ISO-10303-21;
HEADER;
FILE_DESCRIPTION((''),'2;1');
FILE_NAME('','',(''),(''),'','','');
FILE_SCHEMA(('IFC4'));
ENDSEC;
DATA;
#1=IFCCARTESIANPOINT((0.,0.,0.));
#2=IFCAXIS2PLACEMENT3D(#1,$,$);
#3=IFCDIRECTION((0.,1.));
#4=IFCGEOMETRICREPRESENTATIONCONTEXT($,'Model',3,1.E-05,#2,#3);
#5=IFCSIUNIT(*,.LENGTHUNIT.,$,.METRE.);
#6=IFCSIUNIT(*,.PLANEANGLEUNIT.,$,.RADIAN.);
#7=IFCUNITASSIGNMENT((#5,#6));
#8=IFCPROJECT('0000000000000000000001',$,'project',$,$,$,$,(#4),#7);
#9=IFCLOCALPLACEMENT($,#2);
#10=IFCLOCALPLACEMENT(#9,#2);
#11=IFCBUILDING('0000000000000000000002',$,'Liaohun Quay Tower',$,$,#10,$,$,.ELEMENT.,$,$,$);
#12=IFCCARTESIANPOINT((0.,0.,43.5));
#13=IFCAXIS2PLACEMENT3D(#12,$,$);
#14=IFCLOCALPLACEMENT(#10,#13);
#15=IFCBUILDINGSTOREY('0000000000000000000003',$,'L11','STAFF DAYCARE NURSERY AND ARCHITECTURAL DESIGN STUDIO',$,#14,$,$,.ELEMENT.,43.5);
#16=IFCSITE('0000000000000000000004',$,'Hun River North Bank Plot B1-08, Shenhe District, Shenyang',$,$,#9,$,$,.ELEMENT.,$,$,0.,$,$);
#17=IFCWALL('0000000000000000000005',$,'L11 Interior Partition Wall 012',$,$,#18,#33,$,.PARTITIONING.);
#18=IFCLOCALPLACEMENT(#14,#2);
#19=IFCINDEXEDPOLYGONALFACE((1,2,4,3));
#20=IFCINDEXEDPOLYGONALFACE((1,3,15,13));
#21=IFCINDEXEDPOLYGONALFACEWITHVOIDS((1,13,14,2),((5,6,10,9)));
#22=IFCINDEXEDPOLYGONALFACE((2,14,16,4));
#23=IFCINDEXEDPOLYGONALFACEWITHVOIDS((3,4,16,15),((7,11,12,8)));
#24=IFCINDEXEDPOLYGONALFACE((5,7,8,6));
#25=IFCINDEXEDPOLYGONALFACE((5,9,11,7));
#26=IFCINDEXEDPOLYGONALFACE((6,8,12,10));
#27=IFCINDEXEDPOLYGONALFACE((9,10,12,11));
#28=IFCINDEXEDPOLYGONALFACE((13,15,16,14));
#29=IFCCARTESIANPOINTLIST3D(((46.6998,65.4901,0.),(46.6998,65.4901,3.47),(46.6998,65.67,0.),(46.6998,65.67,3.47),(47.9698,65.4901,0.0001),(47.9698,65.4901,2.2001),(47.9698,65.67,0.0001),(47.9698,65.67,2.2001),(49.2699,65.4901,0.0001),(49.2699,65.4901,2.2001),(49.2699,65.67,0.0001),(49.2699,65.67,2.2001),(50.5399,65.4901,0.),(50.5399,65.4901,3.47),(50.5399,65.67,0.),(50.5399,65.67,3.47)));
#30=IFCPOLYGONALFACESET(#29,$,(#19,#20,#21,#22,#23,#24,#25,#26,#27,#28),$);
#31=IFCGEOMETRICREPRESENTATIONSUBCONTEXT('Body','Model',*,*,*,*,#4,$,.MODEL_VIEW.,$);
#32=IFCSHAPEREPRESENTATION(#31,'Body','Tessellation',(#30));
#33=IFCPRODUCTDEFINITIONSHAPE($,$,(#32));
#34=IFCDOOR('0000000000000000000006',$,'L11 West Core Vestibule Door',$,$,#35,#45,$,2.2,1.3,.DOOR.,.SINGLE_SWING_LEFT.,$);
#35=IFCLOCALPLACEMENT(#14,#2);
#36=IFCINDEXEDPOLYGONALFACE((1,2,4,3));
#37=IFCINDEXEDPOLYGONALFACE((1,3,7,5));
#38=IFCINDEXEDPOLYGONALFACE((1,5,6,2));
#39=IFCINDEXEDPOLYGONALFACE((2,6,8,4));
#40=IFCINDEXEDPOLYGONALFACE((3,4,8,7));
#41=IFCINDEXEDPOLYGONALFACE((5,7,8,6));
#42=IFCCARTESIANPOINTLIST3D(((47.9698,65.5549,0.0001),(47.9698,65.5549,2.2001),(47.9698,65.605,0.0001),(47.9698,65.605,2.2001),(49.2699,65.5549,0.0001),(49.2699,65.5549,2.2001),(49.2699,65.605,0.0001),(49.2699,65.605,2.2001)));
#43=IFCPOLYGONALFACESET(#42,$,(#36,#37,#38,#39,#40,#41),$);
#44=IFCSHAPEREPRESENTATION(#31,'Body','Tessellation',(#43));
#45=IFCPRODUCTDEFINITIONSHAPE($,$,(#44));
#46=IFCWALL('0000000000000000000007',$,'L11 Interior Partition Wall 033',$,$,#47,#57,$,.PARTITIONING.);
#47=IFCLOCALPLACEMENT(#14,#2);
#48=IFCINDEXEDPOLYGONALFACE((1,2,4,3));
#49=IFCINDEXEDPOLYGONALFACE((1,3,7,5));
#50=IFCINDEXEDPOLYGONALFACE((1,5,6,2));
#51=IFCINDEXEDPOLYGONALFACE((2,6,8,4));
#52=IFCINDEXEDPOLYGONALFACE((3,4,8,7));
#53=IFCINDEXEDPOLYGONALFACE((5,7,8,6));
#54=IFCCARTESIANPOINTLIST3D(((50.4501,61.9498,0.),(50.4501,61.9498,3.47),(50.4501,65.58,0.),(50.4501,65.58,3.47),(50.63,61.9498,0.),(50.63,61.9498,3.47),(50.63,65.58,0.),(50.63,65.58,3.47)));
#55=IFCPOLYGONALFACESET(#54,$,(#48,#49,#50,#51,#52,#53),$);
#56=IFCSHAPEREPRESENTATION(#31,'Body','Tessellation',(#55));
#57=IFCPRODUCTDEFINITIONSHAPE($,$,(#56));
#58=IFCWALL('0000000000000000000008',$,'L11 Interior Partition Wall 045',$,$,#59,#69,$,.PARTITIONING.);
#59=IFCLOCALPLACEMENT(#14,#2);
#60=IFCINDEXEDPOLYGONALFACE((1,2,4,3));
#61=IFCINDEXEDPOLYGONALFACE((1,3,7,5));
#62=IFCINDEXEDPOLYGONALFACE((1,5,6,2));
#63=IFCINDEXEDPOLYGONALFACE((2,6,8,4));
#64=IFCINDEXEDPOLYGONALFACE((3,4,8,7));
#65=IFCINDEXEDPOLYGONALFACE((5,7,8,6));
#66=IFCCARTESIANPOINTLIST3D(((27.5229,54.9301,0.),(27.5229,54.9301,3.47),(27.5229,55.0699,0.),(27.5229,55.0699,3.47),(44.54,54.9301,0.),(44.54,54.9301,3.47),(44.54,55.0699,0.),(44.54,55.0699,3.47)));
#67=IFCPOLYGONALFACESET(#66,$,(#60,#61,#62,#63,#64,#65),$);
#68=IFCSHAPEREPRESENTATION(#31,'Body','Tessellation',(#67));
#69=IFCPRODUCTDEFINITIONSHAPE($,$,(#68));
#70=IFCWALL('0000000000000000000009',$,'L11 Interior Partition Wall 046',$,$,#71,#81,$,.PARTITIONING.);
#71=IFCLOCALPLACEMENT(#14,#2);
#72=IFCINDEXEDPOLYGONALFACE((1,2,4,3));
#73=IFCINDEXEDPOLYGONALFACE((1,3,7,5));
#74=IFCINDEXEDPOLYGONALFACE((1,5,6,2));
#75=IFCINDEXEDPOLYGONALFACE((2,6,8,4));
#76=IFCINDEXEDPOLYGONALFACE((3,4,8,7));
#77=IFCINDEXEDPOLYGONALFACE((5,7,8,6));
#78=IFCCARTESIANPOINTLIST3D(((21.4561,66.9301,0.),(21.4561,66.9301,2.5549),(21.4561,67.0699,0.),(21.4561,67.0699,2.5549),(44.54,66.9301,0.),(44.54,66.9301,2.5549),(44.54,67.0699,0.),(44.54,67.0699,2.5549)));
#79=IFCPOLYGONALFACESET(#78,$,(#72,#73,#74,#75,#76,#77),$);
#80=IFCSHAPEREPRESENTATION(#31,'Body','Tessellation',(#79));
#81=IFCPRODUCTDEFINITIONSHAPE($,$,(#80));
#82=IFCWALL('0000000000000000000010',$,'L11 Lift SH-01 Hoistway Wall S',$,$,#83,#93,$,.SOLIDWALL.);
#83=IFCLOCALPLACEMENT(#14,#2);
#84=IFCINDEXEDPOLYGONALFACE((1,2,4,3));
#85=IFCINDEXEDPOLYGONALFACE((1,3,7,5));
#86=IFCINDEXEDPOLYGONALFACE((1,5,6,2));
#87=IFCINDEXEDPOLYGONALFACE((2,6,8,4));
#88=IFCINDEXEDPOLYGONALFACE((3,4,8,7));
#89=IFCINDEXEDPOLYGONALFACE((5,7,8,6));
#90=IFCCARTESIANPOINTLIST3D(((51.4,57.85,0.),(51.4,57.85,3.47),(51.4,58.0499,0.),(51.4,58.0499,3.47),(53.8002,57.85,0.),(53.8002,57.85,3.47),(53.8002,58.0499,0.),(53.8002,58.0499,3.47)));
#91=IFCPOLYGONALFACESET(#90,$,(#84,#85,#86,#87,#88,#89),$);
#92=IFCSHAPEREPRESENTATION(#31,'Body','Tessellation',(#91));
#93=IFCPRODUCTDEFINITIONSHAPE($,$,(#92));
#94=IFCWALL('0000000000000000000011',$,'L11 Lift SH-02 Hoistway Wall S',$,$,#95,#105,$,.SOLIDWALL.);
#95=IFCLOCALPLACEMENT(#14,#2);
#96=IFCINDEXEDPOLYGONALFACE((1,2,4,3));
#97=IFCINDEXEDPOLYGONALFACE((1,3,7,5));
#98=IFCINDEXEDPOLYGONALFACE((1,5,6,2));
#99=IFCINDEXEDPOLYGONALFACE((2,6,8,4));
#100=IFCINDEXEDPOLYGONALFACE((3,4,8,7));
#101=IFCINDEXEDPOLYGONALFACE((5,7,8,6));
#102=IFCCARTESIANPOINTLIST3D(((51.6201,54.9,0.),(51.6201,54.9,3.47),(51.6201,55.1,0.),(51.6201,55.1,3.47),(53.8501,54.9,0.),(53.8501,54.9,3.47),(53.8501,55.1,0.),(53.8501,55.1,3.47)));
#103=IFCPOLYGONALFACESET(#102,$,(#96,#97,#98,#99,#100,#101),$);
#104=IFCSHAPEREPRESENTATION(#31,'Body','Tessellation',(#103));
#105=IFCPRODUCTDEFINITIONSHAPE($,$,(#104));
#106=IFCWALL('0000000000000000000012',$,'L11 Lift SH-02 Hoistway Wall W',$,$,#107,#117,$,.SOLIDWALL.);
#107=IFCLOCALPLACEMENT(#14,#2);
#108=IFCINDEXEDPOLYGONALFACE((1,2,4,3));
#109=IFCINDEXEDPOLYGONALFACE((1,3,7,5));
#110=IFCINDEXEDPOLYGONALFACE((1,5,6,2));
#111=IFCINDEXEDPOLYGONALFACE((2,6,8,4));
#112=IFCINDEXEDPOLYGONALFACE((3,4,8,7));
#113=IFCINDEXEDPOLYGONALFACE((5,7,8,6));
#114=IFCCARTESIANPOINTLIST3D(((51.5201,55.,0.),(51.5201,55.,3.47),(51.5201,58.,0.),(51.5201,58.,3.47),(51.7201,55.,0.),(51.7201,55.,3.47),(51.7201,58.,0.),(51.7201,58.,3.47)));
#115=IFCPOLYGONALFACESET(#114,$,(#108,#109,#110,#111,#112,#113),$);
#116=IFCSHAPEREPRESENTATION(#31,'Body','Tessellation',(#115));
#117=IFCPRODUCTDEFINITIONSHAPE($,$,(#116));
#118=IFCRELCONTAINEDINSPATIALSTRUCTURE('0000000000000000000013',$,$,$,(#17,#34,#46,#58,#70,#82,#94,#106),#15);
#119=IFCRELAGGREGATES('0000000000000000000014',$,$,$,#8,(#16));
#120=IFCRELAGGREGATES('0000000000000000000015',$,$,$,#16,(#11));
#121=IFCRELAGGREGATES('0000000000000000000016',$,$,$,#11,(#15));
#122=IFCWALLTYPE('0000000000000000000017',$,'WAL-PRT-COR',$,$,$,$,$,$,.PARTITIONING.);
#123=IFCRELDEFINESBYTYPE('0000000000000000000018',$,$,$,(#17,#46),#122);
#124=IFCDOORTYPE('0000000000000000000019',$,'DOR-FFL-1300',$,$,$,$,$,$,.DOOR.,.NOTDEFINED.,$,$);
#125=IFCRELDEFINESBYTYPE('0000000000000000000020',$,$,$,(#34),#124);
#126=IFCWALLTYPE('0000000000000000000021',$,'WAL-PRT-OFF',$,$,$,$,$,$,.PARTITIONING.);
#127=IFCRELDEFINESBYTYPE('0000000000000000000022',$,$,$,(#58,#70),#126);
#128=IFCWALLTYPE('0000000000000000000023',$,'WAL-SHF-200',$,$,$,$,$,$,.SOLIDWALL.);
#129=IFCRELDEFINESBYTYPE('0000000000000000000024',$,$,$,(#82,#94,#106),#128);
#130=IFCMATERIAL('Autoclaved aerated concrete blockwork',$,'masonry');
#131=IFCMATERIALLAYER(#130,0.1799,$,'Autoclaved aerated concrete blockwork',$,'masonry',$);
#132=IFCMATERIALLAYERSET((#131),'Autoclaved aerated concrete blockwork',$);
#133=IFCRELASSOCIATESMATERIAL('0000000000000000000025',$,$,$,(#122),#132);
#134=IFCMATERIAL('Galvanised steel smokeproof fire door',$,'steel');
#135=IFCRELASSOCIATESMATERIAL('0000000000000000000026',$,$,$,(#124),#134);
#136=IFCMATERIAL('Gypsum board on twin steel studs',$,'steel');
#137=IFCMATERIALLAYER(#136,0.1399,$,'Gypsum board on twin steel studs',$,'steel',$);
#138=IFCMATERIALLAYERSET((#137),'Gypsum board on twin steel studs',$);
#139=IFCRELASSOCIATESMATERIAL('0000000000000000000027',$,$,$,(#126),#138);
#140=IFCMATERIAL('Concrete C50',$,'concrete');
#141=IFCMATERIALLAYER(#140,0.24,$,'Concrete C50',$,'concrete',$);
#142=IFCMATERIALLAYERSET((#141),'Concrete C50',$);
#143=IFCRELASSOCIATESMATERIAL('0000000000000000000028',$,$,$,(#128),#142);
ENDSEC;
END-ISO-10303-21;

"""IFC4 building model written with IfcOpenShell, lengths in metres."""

from ifc_helpers import new_model, si_unit, direction, frame, frame_2d, origin, place, context, subcontext, project, spatial, rectangle, extrude, source, transform, mapped, material, layer, layer_set, type_object, element, fill, save


model = new_model("IFC4")

# Units and contexts
model_context = context("Model", 3, precision=1e-05, world=origin(), true_north=direction((0.0, 1.0)))
body_context = subcontext(model_context, "Body", "Model", "MODEL_VIEW")
ifc_project = project(units=[si_unit("LENGTHUNIT", "METRE"), si_unit("PLANEANGLEUNIT", "RADIAN")], contexts=[model_context])

# Site, building, storey
site_placement = place(None, origin())
site = spatial("IfcSite", under=ifc_project, at=site_placement, Name="Hun River North Bank Plot B1-08, Shenhe District, Shenyang", CompositionType="ELEMENT", RefElevation=0.0)
building_placement = place(site_placement, origin())
building = spatial("IfcBuilding", under=site, at=building_placement, Name="Liaohun Quay Tower", CompositionType="ELEMENT")
storey_placement = place(building_placement, frame((0.0, 0.0, 43.5)))
storey = spatial("IfcBuildingStorey", under=building, at=storey_placement, Name="L11", Description="STAFF DAYCARE NURSERY AND ARCHITECTURAL DESIGN STUDIO", CompositionType="ELEMENT", Elevation=43.5)

# Wall, opening, door
ifc_material_1 = material(Name="Autoclaved aerated concrete blockwork", Category="masonry")
ifc_layer_1 = layer(ifc_material_1, 0.1799, Name="Autoclaved aerated concrete blockwork", Category="masonry")
ifc_layer_set_1 = layer_set([ifc_layer_1], Name="Autoclaved aerated concrete blockwork")
wall_type_1 = type_object("IfcWallType", Name="WAL-PRT-COR", PredefinedType="PARTITIONING", material=ifc_layer_set_1)
wall_1_placement = place(storey_placement, frame((46.7, 65.5801, 0.0), z_axis=(0.0, 0.0, 1.0), x_axis=(1.0, 0.0, 0.0)))
wall_1 = element("IfcWall", 1, at=wall_1_placement, inside=storey, type_object=wall_type_1, Name="L11 Interior Partition Wall 012", PredefinedType="PARTITIONING", context=body_context, shape_type="SweptSolid", body=[
    extrude(rectangle(XDim=3.8401, YDim=0.1799, at=frame_2d((1.9199, 0.0))), origin(), (0.0, 0.0, 1.0), 3.47),
])
shared_shape_1 = source(origin(), body_context, "Body", "SweptSolid", [
    extrude(rectangle(XDim=1.3, YDim=2.2, at=frame_2d((0.6499, 1.1001))), frame((0.0, 0.0999, 0.0), z_axis=(0.0, -1.0, 0.0), x_axis=(1.0, 0.0, 0.0)), (0.0, 0.0, 1.0), 0.2),
])
opening_1_placement = place(wall_1_placement, frame((1.27, 0.0, 0.0)))
opening_1 = element("IfcOpeningElement", 2, at=opening_1_placement, cuts=wall_1, PredefinedType="OPENING", context=body_context, shape_type="MappedRepresentation", body=[
    mapped(shared_shape_1, transform((0.0, 0.0, 0.0), x_axis=(1.0, 0.0, 0.0), y_axis=(0.0, 1.0, 0.0), z_axis=(0.0, 0.0, 1.0), scale=1.0)),
])
ifc_material_2 = material(Name="Galvanised steel smokeproof fire door", Category="steel")
door_type_1 = type_object("IfcDoorType", Name="DOR-FFL-1300", OperationType="NOTDEFINED", PredefinedType="DOOR", material=ifc_material_2)
shared_shape_2 = source(origin(), body_context, "Body", "SweptSolid", [
    extrude(rectangle(XDim=1.3, YDim=2.2, at=frame_2d((0.6499, 1.1001))), frame((0.0, 0.0249, 0.0), z_axis=(0.0, -1.0, 0.0), x_axis=(1.0, 0.0, 0.0)), (0.0, 0.0, 1.0), 0.05),
])
door_1_placement = place(opening_1_placement, origin())
door_1 = element("IfcDoor", 3, at=door_1_placement, inside=storey, type_object=door_type_1, Name="L11 West Core Vestibule Door", OperationType="SINGLE_SWING_LEFT", OverallHeight=2.2, OverallWidth=1.3, PredefinedType="DOOR", context=body_context, shape_type="MappedRepresentation", body=[
    mapped(shared_shape_2, transform((0.0, 0.0, 0.0), x_axis=(1.0, 0.0, 0.0), y_axis=(0.0, 1.0, 0.0), z_axis=(0.0, 0.0, 1.0), scale=1.0)),
])
fill(opening_1, door_1)

# Walls
wall_2_placement = place(storey_placement, frame((50.54, 61.95, 0.0), z_axis=(0.0, 0.0, 1.0), x_axis=(0.0, 1.0, 0.0)))
element("IfcWall", 4, at=wall_2_placement, inside=storey, type_object=wall_type_1, Name="L11 Interior Partition Wall 033", PredefinedType="PARTITIONING", context=body_context, shape_type="SweptSolid", body=[
    extrude(rectangle(XDim=3.6301, YDim=0.1799, at=frame_2d((1.8149, 0.0))), origin(), (0.0, 0.0, 1.0), 3.47),
])
ifc_material_3 = material(Name="Gypsum board on twin steel studs", Category="steel")
ifc_layer_2 = layer(ifc_material_3, 0.1399, Name="Gypsum board on twin steel studs", Category="steel")
ifc_layer_set_2 = layer_set([ifc_layer_2], Name="Gypsum board on twin steel studs")
wall_type_2 = type_object("IfcWallType", Name="WAL-PRT-OFF", PredefinedType="PARTITIONING", material=ifc_layer_set_2)
wall_3_placement = place(storey_placement, frame((44.54, 55.0, 0.0), z_axis=(0.0, 0.0, 1.0), x_axis=(-1.0, 0.0, 0.0)))
element("IfcWall", 5, at=wall_3_placement, inside=storey, type_object=wall_type_2, Name="L11 Interior Partition Wall 045", PredefinedType="PARTITIONING", context=body_context, shape_type="SweptSolid", body=[
    extrude(rectangle(XDim=17.0171, YDim=0.1399, at=frame_2d((8.5085, 0.0))), origin(), (0.0, 0.0, 1.0), 3.47),
])
wall_4_placement = place(storey_placement, frame((44.54, 67.0, 0.0), z_axis=(0.0, 0.0, 1.0), x_axis=(-1.0, 0.0, 0.0)))
element("IfcWall", 6, at=wall_4_placement, inside=storey, type_object=wall_type_2, Name="L11 Interior Partition Wall 046", PredefinedType="PARTITIONING", context=body_context, shape_type="SweptSolid", body=[
    extrude(rectangle(XDim=23.084, YDim=0.1399, at=frame_2d((11.542, 0.0))), origin(), (0.0, 0.0, 1.0), 2.5549),
])
ifc_material_4 = material(Name="Concrete C50", Category="concrete")
ifc_layer_3 = layer(ifc_material_4, 0.24, Name="Concrete C50", Category="concrete")
ifc_layer_set_3 = layer_set([ifc_layer_3], Name="Concrete C50")
wall_type_3 = type_object("IfcWallType", Name="WAL-SHF-200", PredefinedType="SOLIDWALL", material=ifc_layer_set_3)
wall_5_placement = place(storey_placement, frame((51.3999, 57.95, 0.0), z_axis=(0.0, 0.0, 1.0), x_axis=(1.0, 0.0, 0.0)))
element("IfcWall", 7, at=wall_5_placement, inside=storey, type_object=wall_type_3, Name="L11 Lift SH-01 Hoistway Wall S", PredefinedType="SOLIDWALL", context=body_context, shape_type="SweptSolid", body=[
    extrude(rectangle(XDim=2.4001, YDim=0.2, at=frame_2d((1.2002, 0.0))), origin(), (0.0, 0.0, 1.0), 3.47),
])
wall_6_placement = place(storey_placement, frame((51.6201, 55.0, 0.0), z_axis=(0.0, 0.0, 1.0), x_axis=(1.0, 0.0, 0.0)))
element("IfcWall", 8, at=wall_6_placement, inside=storey, type_object=wall_type_3, Name="L11 Lift SH-02 Hoistway Wall S", PredefinedType="SOLIDWALL", context=body_context, shape_type="SweptSolid", body=[
    extrude(rectangle(XDim=2.23, YDim=0.2, at=frame_2d((1.115, 0.0))), origin(), (0.0, 0.0, 1.0), 3.47),
])
wall_7_placement = place(storey_placement, frame((51.6201, 58.0, 0.0), z_axis=(0.0, 0.0, 1.0), x_axis=(0.0, -1.0, 0.0)))
element("IfcWall", 9, at=wall_7_placement, inside=storey, type_object=wall_type_3, Name="L11 Lift SH-02 Hoistway Wall W", PredefinedType="SOLIDWALL", context=body_context, shape_type="SweptSolid", body=[
    extrude(rectangle(XDim=3.0, YDim=0.2, at=frame_2d((1.5, 0.0))), origin(), (0.0, 0.0, 1.0), 3.47),
])

save(model, "model.ifc")
